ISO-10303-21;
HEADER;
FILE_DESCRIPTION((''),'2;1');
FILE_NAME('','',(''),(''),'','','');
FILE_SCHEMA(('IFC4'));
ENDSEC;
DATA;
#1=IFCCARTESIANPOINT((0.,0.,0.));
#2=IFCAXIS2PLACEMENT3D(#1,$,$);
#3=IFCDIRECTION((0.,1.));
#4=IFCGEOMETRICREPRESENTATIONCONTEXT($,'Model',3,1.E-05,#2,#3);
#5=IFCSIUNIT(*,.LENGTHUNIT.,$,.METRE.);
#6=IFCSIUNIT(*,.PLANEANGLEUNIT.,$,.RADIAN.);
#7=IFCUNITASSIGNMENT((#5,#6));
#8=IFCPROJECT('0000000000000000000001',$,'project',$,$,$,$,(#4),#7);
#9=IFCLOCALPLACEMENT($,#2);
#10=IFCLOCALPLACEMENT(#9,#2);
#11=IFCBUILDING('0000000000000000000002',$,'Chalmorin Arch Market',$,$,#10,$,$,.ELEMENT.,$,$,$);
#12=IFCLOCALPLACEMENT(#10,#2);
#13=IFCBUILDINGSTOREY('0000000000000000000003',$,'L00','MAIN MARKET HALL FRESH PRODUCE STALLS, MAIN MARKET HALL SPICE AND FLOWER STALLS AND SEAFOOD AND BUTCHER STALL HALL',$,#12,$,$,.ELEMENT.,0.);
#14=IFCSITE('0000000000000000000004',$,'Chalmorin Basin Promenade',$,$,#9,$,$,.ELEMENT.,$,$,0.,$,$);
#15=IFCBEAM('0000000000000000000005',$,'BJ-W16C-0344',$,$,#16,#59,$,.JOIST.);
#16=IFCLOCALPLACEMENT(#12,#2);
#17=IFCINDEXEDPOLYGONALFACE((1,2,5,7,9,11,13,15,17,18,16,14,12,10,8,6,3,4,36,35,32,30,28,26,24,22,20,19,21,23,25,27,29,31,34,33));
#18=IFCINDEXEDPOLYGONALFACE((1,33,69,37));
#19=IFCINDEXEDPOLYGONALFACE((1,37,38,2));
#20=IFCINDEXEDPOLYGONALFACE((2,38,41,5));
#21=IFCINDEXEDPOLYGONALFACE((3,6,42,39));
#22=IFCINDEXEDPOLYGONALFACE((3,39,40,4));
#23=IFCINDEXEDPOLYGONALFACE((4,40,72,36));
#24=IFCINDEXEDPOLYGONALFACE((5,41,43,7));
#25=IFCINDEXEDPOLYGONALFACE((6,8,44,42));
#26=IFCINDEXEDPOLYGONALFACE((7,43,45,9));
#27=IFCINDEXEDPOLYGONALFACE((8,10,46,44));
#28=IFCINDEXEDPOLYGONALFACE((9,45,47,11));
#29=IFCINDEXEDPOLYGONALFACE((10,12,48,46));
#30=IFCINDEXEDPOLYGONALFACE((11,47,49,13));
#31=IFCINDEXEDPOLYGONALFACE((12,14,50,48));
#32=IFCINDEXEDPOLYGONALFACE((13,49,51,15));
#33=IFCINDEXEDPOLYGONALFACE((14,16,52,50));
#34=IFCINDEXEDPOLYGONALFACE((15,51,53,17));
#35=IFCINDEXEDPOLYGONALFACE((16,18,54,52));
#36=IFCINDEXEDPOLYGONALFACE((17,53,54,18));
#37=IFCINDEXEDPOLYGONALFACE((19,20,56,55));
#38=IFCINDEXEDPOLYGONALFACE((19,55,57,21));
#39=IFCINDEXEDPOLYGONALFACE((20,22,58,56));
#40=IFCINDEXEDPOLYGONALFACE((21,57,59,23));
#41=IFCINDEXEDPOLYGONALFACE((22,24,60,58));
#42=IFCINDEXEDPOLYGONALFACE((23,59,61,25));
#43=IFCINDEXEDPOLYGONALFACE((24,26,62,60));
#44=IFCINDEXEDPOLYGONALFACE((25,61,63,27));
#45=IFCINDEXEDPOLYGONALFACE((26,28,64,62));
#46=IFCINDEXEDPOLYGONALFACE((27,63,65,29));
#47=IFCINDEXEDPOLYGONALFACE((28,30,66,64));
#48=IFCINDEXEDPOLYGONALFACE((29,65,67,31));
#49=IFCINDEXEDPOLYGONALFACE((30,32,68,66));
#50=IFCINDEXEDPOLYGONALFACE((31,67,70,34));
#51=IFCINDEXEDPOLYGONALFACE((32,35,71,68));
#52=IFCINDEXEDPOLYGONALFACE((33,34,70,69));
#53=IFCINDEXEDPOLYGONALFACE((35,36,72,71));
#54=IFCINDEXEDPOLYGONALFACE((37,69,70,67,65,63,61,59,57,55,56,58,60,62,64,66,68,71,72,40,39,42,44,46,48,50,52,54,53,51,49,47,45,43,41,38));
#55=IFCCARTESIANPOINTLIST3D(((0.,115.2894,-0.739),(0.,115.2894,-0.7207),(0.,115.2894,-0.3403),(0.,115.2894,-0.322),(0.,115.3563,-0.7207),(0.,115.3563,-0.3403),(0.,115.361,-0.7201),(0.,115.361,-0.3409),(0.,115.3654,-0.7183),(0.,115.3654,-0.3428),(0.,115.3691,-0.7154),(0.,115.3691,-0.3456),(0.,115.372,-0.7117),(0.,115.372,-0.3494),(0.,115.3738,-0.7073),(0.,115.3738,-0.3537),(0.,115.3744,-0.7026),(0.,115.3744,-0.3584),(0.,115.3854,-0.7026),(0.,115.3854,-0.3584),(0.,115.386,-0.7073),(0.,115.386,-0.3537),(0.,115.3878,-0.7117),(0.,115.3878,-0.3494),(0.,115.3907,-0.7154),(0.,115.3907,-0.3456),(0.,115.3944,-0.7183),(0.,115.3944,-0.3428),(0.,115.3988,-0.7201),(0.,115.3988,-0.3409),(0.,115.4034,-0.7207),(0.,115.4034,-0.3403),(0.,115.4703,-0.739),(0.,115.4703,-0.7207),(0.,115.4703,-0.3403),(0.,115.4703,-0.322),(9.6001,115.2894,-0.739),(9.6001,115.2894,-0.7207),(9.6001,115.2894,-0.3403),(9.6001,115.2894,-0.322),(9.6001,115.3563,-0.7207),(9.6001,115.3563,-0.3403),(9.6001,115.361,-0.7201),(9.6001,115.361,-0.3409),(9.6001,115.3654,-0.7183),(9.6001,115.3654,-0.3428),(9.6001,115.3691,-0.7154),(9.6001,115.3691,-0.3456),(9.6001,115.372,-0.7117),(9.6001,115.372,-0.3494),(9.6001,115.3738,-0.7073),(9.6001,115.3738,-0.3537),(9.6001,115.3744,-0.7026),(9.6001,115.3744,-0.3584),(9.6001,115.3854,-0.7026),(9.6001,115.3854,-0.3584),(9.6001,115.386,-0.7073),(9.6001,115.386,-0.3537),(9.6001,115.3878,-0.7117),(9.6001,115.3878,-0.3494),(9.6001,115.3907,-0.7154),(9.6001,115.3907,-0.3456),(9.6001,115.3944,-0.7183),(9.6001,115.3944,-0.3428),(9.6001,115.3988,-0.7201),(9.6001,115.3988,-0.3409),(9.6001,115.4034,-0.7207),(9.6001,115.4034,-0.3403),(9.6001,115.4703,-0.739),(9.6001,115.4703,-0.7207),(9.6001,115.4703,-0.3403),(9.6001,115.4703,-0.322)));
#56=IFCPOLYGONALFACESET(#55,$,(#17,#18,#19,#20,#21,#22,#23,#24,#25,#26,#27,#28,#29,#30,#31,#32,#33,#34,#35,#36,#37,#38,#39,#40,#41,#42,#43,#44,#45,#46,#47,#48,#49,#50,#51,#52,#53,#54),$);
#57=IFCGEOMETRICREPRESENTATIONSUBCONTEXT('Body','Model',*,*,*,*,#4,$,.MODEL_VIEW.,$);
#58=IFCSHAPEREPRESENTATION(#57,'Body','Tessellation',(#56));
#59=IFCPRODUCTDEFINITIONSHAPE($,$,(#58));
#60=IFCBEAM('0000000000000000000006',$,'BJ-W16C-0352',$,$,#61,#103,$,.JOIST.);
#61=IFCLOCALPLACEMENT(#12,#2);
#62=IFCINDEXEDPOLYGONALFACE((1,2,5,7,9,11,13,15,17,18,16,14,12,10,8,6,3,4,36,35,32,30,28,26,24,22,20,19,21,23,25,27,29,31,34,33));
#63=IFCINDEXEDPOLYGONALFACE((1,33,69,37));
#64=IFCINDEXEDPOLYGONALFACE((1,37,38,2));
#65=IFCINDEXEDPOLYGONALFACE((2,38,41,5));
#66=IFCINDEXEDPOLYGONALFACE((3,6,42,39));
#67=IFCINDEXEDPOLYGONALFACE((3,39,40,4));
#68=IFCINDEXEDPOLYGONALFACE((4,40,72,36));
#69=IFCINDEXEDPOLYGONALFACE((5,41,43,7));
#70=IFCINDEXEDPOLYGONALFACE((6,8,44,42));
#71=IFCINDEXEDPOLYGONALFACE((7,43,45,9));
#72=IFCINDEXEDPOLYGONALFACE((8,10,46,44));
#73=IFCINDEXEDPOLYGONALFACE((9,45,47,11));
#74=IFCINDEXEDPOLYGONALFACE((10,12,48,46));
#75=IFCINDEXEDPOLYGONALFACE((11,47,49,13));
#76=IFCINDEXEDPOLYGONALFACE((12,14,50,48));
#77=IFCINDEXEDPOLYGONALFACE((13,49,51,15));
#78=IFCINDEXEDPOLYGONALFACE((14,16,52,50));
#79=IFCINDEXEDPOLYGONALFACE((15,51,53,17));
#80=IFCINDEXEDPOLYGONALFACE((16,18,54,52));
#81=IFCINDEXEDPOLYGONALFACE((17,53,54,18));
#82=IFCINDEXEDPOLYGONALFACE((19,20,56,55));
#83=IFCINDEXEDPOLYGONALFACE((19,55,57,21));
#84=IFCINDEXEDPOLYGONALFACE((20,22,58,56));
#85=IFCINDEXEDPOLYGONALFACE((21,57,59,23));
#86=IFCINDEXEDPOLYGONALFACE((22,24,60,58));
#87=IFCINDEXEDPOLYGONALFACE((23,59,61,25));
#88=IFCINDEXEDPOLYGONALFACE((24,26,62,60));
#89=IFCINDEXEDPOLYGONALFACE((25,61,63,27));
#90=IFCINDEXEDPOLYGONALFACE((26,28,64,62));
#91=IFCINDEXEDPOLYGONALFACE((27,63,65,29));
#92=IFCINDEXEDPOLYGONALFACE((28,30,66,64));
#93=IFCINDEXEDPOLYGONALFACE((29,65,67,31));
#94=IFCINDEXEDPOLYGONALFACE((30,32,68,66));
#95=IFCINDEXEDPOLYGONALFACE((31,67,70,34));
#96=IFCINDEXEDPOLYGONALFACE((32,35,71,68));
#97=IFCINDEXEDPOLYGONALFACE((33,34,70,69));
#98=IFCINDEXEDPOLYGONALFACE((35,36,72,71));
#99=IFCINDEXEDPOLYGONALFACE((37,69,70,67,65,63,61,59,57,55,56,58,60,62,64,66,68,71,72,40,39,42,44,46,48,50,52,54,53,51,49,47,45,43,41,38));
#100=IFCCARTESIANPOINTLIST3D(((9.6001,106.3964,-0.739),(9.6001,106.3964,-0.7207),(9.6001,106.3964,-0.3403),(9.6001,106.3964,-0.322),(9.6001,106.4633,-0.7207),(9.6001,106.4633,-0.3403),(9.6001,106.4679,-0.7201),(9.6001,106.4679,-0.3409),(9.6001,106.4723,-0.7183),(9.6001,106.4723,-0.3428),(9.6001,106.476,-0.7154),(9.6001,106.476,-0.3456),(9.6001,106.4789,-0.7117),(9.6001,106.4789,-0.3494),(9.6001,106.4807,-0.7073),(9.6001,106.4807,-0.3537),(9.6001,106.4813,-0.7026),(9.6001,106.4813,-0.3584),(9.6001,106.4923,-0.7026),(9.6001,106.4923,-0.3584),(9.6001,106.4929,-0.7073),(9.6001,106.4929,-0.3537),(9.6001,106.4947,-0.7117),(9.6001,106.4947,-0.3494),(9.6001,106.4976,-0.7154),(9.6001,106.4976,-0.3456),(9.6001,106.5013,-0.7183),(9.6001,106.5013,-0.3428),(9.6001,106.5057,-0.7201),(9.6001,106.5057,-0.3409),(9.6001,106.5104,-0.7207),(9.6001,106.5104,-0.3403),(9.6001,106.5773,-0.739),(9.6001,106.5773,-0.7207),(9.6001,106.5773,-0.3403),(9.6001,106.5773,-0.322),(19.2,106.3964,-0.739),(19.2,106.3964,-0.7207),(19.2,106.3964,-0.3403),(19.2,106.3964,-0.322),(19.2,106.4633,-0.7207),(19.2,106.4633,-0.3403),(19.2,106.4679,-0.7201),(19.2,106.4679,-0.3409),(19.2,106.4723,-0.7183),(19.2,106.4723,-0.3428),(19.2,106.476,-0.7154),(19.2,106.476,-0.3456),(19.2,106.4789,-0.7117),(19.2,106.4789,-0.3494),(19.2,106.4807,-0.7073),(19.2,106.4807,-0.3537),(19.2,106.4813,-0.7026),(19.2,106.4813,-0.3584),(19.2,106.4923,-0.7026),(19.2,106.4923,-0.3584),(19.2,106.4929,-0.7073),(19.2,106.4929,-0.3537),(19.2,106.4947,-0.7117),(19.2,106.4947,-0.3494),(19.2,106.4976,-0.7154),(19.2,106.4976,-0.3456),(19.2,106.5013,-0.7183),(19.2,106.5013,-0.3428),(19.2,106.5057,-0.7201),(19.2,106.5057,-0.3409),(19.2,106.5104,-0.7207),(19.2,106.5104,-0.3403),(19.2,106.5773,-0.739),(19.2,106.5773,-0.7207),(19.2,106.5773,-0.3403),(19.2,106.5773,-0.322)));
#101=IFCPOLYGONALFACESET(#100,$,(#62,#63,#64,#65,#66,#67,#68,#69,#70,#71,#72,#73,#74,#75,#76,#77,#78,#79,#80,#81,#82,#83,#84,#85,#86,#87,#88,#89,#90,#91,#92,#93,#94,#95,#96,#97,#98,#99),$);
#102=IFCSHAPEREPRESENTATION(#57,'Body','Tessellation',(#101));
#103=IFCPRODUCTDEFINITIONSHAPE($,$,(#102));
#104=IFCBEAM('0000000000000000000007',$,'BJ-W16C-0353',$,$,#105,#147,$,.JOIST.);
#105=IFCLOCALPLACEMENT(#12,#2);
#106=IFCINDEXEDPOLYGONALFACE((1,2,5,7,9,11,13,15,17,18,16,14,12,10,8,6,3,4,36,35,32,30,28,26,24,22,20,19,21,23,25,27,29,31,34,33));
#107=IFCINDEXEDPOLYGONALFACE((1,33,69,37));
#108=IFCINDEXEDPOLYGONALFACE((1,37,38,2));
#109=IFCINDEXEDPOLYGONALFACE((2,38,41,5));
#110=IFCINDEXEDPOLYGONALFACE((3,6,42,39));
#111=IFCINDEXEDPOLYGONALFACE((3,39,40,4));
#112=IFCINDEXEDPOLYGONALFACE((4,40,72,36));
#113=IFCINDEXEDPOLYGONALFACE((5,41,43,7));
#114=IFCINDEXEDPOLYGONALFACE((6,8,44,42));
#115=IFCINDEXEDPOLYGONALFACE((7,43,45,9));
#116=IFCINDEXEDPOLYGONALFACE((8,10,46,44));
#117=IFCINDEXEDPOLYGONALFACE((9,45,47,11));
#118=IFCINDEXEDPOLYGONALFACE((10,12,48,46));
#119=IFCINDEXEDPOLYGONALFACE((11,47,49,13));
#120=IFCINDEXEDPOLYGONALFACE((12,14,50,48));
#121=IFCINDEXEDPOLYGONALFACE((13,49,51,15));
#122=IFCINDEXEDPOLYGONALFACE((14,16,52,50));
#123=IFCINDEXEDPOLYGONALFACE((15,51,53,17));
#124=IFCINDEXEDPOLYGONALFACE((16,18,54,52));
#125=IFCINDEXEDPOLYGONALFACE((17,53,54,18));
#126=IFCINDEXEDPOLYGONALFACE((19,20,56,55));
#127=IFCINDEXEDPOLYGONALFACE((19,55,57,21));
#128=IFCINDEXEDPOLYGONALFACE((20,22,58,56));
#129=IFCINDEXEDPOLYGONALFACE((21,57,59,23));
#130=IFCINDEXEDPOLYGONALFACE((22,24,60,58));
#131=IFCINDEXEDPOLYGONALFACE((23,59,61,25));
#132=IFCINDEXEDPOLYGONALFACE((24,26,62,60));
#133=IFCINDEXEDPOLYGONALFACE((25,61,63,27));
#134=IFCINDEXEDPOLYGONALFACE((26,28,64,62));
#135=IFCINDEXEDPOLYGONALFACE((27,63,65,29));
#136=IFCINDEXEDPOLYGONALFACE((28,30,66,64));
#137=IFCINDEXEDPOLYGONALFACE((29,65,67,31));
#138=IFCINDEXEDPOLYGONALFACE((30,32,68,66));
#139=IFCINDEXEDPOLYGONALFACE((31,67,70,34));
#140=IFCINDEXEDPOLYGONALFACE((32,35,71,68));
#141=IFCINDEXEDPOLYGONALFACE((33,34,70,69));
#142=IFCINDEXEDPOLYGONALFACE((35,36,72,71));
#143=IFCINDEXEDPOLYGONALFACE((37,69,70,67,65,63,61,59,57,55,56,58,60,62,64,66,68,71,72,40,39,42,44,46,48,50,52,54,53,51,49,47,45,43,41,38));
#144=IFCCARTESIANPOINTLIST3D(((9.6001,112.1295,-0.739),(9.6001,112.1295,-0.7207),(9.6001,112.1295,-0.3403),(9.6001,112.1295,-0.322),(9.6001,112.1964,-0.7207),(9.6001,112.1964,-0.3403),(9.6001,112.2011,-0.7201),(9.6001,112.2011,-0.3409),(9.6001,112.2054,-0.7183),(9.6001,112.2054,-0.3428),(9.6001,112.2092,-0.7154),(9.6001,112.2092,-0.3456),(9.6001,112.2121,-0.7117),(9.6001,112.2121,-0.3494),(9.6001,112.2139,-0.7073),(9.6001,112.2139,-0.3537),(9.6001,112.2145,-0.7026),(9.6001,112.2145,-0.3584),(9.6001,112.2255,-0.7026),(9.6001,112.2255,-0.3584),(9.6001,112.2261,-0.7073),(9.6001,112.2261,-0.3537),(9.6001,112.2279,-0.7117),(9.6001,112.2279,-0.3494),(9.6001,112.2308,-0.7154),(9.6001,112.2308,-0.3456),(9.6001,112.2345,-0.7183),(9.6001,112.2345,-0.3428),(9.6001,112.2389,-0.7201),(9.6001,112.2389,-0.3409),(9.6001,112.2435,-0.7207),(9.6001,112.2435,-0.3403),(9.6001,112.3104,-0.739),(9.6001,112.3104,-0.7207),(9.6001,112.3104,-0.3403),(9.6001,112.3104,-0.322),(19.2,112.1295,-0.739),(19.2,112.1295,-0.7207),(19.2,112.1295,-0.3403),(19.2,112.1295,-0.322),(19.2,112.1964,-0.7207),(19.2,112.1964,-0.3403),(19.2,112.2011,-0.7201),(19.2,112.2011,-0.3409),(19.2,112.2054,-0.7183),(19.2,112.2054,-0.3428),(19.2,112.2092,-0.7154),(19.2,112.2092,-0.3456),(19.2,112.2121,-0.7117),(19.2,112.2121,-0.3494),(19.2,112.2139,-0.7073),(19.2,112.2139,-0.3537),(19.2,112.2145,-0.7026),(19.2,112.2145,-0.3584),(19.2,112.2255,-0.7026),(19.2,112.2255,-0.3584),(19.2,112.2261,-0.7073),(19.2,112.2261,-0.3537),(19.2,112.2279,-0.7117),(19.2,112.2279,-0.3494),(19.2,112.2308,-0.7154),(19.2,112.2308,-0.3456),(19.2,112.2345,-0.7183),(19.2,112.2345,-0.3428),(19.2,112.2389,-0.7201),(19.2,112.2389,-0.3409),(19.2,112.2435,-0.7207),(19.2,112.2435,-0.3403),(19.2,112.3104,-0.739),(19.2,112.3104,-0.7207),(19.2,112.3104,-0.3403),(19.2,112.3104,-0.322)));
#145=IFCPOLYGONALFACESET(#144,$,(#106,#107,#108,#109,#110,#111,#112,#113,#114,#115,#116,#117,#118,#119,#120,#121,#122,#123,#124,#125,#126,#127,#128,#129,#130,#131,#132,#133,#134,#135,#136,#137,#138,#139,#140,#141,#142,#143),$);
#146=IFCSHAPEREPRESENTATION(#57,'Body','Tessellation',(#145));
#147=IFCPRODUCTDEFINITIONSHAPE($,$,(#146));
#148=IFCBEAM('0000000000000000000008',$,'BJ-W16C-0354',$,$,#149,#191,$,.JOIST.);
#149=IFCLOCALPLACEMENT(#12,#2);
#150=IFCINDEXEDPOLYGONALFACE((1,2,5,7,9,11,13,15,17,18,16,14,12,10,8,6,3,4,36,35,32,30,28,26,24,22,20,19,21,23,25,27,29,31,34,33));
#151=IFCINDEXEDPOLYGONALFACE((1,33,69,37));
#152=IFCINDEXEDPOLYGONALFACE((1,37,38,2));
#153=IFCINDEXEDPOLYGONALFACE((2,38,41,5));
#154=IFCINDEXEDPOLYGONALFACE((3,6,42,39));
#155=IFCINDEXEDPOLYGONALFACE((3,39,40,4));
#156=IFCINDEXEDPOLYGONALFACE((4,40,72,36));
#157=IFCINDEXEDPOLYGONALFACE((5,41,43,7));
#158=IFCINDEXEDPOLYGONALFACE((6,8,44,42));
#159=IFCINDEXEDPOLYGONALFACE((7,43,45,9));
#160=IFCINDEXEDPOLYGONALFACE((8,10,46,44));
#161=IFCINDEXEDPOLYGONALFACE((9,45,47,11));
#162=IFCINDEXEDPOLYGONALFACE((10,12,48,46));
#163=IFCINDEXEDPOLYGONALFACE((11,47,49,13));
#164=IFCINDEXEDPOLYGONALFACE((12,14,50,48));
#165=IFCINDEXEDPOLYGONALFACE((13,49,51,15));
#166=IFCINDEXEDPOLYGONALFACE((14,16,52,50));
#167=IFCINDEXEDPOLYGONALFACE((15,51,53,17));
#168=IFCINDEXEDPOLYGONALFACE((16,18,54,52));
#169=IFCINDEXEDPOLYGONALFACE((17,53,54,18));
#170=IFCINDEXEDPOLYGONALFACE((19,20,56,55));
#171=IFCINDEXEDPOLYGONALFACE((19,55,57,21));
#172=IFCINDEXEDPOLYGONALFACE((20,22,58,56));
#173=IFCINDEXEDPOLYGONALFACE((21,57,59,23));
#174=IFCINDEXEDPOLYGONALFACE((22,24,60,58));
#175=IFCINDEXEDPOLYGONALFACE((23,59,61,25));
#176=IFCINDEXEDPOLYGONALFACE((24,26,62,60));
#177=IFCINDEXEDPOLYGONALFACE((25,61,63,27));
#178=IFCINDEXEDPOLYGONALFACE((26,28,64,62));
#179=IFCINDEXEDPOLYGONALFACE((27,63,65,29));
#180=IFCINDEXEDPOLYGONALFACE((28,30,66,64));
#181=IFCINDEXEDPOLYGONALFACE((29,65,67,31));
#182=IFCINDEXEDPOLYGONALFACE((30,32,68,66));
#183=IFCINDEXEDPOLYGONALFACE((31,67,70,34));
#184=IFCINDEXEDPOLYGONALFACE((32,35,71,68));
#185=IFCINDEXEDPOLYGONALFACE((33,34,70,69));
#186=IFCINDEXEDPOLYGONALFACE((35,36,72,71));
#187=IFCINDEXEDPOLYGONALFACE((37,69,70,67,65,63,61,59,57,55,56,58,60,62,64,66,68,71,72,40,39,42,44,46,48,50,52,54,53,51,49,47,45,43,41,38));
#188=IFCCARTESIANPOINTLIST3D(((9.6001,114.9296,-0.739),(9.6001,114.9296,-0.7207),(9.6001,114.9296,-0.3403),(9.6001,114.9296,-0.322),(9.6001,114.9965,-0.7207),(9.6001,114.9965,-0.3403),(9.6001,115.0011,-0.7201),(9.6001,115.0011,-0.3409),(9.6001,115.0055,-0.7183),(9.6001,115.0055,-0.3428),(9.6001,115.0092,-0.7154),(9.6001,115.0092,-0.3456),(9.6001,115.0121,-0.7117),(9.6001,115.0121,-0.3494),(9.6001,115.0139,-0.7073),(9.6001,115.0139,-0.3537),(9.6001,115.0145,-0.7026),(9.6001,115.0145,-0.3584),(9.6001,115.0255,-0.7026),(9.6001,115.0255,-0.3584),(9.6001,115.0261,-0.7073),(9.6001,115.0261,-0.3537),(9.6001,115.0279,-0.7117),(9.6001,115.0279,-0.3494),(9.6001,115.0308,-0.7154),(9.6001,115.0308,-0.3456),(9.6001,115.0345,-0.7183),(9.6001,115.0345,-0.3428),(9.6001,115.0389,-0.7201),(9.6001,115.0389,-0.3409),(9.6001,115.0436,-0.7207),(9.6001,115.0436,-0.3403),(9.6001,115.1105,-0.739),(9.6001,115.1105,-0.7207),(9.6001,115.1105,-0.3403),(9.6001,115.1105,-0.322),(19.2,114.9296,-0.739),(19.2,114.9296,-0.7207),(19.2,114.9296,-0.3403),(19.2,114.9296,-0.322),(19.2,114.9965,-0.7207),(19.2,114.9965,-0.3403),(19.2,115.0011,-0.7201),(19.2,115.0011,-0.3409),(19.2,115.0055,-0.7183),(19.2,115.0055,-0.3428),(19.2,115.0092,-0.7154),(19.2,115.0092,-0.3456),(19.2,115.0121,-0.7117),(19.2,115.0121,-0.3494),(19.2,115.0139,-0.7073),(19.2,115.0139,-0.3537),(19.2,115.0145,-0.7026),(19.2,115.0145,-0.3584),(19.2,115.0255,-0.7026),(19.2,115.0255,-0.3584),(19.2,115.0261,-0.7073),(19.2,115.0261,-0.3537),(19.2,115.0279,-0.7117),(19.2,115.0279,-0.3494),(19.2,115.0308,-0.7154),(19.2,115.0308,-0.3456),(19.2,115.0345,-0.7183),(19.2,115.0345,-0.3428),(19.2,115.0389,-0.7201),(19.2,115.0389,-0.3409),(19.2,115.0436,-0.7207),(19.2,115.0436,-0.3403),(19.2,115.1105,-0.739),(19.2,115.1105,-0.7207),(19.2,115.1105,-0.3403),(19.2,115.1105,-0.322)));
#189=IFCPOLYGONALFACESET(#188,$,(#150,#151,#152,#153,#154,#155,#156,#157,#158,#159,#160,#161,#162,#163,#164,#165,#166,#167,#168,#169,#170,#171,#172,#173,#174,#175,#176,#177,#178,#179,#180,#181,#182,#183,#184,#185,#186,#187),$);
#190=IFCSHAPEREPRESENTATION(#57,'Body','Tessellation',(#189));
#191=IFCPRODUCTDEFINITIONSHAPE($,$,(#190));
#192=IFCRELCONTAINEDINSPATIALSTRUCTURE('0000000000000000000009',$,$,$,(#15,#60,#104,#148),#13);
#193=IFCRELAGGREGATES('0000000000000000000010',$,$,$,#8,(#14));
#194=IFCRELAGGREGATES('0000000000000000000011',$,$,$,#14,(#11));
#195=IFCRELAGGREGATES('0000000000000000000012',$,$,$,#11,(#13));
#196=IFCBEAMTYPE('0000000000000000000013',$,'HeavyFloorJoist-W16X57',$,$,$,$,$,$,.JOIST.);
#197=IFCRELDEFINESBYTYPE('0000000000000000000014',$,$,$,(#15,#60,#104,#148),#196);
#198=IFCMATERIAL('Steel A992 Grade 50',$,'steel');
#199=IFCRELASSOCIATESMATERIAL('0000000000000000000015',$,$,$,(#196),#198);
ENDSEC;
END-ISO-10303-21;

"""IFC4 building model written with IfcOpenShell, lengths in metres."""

from ifc_helpers import new_model, si_unit, direction, frame, origin, origin_2d, place, context, subcontext, project, spatial, i_section, extrude, material, material_profile, profile_set, type_object, element, save


model = new_model("IFC4")

# Units and contexts
model_context = context("Model", 3, precision=1e-05, world=origin(), true_north=direction((0.0, 1.0)))
body_context = subcontext(model_context, "Body", "Model", "MODEL_VIEW")
ifc_project = project(units=[si_unit("LENGTHUNIT", "METRE"), si_unit("PLANEANGLEUNIT", "RADIAN")], contexts=[model_context])

# Site, building, storey
site_placement = place(None, origin())
site = spatial("IfcSite", under=ifc_project, at=site_placement, Name="Chalmorin Basin Promenade", CompositionType="ELEMENT", RefElevation=0.0)
building_placement = place(site_placement, origin())
building = spatial("IfcBuilding", under=site, at=building_placement, Name="Chalmorin Arch Market", CompositionType="ELEMENT")
storey_placement = place(building_placement, origin())
storey = spatial("IfcBuildingStorey", under=building, at=storey_placement, Name="L00", Description="MAIN MARKET HALL FRESH PRODUCE STALLS, MAIN MARKET HALL SPICE AND FLOWER STALLS AND SEAFOOD AND BUTCHER STALL HALL", CompositionType="ELEMENT", Elevation=0.0)

# Beams
ifc_material_1 = material(Name="Steel A992 Grade 50", Category="steel")
ifc_material_profile_1 = material_profile(ifc_material_1, i_section(OverallWidth=0.1809, OverallDepth=0.417, WebThickness=0.011, FlangeThickness=0.0183, FilletRadius=0.0181, at=origin_2d()), Name="W16X57")
ifc_profile_set_1 = profile_set([ifc_material_profile_1], Name="Steel A992 Grade 50")
beam_type_1 = type_object("IfcBeamType", Name="HeavyFloorJoist-W16X57", PredefinedType="JOIST", material=ifc_profile_set_1)
for number, where, z_axis, x_axis, name in (
    (1, (0.0, 115.3799, -0.5305), (1.0, 0.0, 0.0), (0.0, 1.0, 0.0), "BJ-W16C-0344"),
):
    element("IfcBeam", number, at=place(storey_placement, frame(where, z_axis=z_axis, x_axis=x_axis)), inside=storey, type_object=beam_type_1, Name=name, PredefinedType="JOIST", context=body_context, shape_type="SweptSolid", body=[
        extrude(i_section(OverallWidth=0.1809, OverallDepth=0.417, WebThickness=0.011, FlangeThickness=0.0183, FilletRadius=0.0181, at=origin_2d()), origin(), (0.0, 0.0, 1.0), 9.6001),
    ])
for number, where, z_axis, x_axis, name in (
    (2, (9.6001, 106.4868, -0.5305), (1.0, 0.0, 0.0), (0.0, 1.0, 0.0), "BJ-W16C-0352"),
    (3, (9.6001, 112.22, -0.5305), (1.0, 0.0, 0.0), (0.0, 1.0, 0.0), "BJ-W16C-0353"),
    (4, (9.6001, 115.02, -0.5305), (1.0, 0.0, 0.0), (0.0, 1.0, 0.0), "BJ-W16C-0354"),
):
    element("IfcBeam", number, at=place(storey_placement, frame(where, z_axis=z_axis, x_axis=x_axis)), inside=storey, type_object=beam_type_1, Name=name, PredefinedType="JOIST", context=body_context, shape_type="SweptSolid", body=[
        extrude(i_section(OverallWidth=0.1809, OverallDepth=0.417, WebThickness=0.011, FlangeThickness=0.0183, FilletRadius=0.0181, at=origin_2d()), origin(), (0.0, 0.0, 1.0), 9.5999),
    ])

save(model, "model.ifc")
